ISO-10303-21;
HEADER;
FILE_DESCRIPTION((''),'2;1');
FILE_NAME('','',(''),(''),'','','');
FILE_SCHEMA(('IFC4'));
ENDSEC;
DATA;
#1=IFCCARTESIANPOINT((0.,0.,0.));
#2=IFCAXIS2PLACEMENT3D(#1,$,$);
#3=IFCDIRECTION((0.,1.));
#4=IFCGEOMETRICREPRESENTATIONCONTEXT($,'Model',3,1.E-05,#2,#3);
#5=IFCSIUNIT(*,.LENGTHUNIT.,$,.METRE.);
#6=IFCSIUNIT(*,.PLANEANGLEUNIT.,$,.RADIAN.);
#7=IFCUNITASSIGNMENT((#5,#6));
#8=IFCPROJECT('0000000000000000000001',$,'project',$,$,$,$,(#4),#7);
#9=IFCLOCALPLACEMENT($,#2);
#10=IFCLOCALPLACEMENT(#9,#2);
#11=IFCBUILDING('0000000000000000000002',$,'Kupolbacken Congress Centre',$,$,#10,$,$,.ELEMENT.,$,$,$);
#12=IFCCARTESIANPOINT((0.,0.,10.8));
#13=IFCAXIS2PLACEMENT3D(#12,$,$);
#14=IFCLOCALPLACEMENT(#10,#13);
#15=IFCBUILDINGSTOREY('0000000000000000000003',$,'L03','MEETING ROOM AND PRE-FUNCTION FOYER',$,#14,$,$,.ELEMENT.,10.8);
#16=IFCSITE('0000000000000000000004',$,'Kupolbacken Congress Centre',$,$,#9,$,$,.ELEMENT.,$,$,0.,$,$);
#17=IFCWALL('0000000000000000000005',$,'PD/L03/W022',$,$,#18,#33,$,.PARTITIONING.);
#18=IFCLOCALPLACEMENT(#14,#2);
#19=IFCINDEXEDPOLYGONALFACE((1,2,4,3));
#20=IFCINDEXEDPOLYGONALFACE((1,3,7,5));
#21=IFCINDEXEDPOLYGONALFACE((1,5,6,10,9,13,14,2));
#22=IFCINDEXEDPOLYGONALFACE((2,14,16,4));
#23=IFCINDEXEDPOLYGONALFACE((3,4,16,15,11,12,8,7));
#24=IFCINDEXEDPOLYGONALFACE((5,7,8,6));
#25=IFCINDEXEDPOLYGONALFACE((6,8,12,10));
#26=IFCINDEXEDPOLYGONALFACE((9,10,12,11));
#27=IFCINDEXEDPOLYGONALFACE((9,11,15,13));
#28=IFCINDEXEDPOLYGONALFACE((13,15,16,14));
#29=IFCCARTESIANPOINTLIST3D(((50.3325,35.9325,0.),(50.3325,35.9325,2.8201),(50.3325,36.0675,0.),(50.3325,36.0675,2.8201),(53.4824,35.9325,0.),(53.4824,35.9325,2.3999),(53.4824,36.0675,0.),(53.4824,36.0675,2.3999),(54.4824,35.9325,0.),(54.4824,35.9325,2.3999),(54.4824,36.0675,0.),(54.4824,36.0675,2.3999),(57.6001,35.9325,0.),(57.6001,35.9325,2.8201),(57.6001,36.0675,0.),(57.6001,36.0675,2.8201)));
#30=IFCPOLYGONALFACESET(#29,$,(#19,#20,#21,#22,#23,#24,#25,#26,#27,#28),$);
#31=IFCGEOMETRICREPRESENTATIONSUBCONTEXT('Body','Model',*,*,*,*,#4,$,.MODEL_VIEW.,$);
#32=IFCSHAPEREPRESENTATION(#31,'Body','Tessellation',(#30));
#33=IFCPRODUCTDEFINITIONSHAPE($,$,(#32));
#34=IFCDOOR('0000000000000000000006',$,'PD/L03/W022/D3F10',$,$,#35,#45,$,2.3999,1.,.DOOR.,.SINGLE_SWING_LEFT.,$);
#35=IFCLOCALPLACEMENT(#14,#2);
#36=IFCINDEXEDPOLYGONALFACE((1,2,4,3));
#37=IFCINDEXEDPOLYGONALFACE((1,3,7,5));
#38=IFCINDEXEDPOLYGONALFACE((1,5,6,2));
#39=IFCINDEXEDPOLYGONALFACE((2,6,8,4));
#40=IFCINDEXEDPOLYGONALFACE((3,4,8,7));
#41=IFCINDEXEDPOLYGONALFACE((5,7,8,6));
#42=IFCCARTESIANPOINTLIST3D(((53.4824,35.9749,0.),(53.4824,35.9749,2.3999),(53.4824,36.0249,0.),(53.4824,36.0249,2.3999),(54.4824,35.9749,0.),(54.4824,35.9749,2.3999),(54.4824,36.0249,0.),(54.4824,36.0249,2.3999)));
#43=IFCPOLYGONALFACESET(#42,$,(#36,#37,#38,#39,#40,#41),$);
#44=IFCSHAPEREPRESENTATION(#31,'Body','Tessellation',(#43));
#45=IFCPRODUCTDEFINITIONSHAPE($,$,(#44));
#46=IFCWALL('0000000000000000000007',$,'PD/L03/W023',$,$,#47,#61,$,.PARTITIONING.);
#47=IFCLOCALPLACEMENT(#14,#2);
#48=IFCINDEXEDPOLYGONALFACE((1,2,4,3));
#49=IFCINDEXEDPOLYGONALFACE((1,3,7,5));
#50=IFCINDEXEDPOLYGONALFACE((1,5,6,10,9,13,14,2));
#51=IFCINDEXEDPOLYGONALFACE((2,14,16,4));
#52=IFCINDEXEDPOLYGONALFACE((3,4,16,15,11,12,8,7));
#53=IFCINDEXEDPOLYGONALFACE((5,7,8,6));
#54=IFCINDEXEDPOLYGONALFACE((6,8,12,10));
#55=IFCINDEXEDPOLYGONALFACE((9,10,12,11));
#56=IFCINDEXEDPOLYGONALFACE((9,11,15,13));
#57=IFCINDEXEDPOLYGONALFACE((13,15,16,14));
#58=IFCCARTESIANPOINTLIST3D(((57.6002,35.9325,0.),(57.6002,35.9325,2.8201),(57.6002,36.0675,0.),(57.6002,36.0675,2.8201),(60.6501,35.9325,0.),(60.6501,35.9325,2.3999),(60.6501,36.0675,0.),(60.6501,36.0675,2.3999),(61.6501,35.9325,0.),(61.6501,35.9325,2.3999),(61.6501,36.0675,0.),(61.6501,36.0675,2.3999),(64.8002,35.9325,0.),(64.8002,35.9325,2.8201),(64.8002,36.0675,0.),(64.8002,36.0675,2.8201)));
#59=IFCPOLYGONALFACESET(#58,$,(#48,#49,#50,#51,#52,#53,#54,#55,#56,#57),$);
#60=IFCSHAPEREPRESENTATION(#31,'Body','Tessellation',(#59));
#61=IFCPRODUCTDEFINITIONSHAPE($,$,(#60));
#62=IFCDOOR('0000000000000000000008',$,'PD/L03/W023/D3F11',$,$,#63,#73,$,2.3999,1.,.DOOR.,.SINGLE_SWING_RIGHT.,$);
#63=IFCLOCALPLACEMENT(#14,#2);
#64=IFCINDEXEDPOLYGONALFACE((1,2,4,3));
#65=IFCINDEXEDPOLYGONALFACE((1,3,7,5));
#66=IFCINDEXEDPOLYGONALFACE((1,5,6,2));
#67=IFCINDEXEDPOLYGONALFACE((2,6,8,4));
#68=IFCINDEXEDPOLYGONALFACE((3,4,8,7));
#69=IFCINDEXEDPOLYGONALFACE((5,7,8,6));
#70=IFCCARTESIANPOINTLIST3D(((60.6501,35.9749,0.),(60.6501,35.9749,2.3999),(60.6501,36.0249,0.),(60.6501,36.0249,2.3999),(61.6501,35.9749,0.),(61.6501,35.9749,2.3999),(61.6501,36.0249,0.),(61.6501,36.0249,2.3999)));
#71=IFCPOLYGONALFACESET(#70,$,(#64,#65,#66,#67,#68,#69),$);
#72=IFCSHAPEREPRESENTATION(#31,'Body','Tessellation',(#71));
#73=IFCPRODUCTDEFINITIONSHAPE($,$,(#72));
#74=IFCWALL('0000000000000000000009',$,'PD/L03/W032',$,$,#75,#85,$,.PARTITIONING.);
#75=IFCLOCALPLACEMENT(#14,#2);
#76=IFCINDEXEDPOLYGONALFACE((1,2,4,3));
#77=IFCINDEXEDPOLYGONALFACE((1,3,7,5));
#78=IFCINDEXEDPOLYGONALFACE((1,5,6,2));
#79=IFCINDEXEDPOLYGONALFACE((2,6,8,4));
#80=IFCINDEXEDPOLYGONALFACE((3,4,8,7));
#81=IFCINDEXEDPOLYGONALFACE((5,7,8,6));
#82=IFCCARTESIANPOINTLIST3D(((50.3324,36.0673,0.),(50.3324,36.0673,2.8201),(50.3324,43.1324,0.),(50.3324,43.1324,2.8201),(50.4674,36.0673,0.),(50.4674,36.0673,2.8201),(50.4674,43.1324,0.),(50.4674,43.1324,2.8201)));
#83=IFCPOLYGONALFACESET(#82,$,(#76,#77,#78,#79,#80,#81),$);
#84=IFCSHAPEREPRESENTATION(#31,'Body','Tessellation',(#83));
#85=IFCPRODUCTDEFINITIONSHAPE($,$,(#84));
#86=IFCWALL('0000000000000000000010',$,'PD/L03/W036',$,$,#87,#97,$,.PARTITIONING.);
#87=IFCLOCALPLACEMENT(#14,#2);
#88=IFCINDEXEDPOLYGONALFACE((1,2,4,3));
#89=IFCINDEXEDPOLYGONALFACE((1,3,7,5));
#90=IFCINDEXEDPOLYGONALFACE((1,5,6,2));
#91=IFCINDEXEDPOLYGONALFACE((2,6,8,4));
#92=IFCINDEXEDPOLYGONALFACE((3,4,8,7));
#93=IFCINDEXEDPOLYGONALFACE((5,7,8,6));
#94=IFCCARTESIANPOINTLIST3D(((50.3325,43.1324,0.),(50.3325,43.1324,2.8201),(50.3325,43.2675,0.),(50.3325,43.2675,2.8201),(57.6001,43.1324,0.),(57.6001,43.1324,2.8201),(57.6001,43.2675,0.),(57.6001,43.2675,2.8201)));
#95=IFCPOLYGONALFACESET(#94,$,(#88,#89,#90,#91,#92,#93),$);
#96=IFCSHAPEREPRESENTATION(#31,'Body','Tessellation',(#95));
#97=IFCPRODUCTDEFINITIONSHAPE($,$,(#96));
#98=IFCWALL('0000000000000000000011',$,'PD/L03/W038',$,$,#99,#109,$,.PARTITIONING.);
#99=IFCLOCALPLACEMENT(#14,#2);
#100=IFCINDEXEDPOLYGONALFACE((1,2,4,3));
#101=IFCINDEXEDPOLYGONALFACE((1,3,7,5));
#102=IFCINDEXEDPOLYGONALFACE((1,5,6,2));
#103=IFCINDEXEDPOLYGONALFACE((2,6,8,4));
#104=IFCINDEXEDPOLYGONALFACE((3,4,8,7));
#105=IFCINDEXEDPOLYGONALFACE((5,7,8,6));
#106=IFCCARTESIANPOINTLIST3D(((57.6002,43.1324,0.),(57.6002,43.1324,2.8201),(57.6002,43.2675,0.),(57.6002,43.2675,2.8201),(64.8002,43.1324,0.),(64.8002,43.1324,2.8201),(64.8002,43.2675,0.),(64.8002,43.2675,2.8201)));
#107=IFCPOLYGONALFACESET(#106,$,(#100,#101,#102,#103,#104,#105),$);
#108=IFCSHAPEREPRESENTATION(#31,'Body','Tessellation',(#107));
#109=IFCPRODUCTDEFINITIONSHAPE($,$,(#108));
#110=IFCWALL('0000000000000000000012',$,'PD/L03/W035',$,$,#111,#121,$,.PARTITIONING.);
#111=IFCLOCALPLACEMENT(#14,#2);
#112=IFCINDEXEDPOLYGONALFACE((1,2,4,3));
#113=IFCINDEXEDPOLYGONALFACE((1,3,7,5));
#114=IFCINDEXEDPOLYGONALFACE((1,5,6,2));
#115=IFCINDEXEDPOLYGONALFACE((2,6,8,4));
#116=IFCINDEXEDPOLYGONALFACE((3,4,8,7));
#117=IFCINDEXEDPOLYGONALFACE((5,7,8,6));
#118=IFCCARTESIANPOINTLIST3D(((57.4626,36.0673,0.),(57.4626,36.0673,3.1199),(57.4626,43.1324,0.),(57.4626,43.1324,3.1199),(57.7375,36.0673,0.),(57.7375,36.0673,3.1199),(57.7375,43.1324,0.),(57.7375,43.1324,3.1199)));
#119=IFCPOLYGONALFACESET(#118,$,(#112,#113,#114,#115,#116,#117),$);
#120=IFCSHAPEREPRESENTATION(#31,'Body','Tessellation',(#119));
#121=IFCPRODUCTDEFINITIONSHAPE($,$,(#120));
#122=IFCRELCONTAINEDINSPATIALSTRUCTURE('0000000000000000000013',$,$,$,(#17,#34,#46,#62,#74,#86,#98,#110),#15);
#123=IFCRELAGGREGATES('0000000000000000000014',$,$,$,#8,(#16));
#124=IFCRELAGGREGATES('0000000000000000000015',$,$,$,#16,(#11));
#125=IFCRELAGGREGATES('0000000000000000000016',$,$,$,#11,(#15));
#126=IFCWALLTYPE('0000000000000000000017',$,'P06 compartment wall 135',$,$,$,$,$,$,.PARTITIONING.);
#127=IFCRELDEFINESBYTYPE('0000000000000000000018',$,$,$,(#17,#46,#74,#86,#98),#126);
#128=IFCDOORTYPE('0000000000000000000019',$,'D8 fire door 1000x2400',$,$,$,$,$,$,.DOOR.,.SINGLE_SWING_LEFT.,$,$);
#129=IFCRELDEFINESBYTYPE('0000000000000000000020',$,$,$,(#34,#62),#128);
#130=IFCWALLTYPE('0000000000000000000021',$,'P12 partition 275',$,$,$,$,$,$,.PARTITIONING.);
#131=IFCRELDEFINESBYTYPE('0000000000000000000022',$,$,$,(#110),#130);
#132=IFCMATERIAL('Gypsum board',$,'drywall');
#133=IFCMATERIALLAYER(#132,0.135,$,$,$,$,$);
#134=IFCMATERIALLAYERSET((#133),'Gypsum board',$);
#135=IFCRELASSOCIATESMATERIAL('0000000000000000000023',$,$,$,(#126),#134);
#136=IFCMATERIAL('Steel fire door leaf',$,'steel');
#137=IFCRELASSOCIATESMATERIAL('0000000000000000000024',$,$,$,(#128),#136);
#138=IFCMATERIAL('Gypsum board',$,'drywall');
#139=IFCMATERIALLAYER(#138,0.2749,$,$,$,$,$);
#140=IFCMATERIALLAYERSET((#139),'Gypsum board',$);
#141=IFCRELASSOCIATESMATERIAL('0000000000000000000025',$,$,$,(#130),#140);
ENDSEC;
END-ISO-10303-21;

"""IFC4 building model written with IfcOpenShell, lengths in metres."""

from ifc_helpers import new_model, si_unit, direction, frame, frame_2d, origin, place, context, subcontext, project, spatial, rectangle, extrude, material, layer, layer_set, type_object, element, fill, save


model = new_model("IFC4")

# Units and contexts
model_context = context("Model", 3, precision=1e-05, world=origin(), true_north=direction((0.0, 1.0)))
body_context = subcontext(model_context, "Body", "Model", "MODEL_VIEW")
ifc_project = project(units=[si_unit("LENGTHUNIT", "METRE"), si_unit("PLANEANGLEUNIT", "RADIAN")], contexts=[model_context])

# Site, building, storey
site_placement = place(None, origin())
site = spatial("IfcSite", under=ifc_project, at=site_placement, Name="Kupolbacken Congress Centre", CompositionType="ELEMENT", RefElevation=0.0)
building_placement = place(site_placement, origin())
building = spatial("IfcBuilding", under=site, at=building_placement, Name="Kupolbacken Congress Centre", CompositionType="ELEMENT")
storey_placement = place(building_placement, frame((0.0, 0.0, 10.8)))
storey = spatial("IfcBuildingStorey", under=building, at=storey_placement, Name="L03", Description="MEETING ROOM AND PRE-FUNCTION FOYER", CompositionType="ELEMENT", Elevation=10.8)

# Walls, openings, doors
ifc_material_1 = material(Name="Gypsum board", Category="drywall")
ifc_layer_1 = layer(ifc_material_1, 0.135)
ifc_layer_set_1 = layer_set([ifc_layer_1], Name="Gypsum board")
wall_type_1 = type_object("IfcWallType", Name="P06 compartment wall 135", PredefinedType="PARTITIONING", material=ifc_layer_set_1)
wall_1_placement = place(storey_placement, frame((50.3325, 36.0, 0.0), z_axis=(0.0, 0.0, 1.0), x_axis=(1.0, 0.0, 0.0)))
wall_1 = element("IfcWall", 1, at=wall_1_placement, inside=storey, type_object=wall_type_1, Name="PD/L03/W022", PredefinedType="PARTITIONING", context=body_context, shape_type="SweptSolid", body=[
    extrude(rectangle(XDim=7.2676, YDim=0.135, at=frame_2d((3.6338, 0.0))), origin(), (0.0, 0.0, 1.0), 2.8201),
])
opening_1_placement = place(wall_1_placement, frame((3.1499, 0.0, 0.0)))
opening_1 = element("IfcOpeningElement", 2, at=opening_1_placement, cuts=wall_1, PredefinedType="OPENING", context=body_context, shape_type="SweptSolid", body=[
    extrude(rectangle(XDim=1.0, YDim=2.3999, at=frame_2d((0.5, 1.2))), frame((0.0, 0.0774, 0.0), z_axis=(0.0, -1.0, 0.0), x_axis=(1.0, 0.0, 0.0)), (0.0, 0.0, 1.0), 0.155),
])
ifc_material_2 = material(Name="Steel fire door leaf", Category="steel")
door_type = type_object("IfcDoorType", Name="D8 fire door 1000x2400", OperationType="SINGLE_SWING_LEFT", PredefinedType="DOOR", material=ifc_material_2)
door_1_placement = place(opening_1_placement, origin())
door_1 = element("IfcDoor", 3, at=door_1_placement, inside=storey, type_object=door_type, Name="PD/L03/W022/D3F10", OperationType="SINGLE_SWING_LEFT", OverallHeight=2.3999, OverallWidth=1.0, PredefinedType="DOOR", context=body_context, shape_type="SweptSolid", body=[
    extrude(rectangle(XDim=1.0, YDim=2.3999, at=frame_2d((0.5, 1.2))), frame((0.0, 0.0249, 0.0), z_axis=(0.0, -1.0, 0.0), x_axis=(1.0, 0.0, 0.0)), (0.0, 0.0, 1.0), 0.05),
])
fill(opening_1, door_1)
wall_2_placement = place(storey_placement, frame((57.6001, 36.0, 0.0), z_axis=(0.0, 0.0, 1.0), x_axis=(1.0, 0.0, 0.0)))
wall_2 = element("IfcWall", 4, at=wall_2_placement, inside=storey, type_object=wall_type_1, Name="PD/L03/W023", PredefinedType="PARTITIONING", context=body_context, shape_type="SweptSolid", body=[
    extrude(rectangle(XDim=7.2, YDim=0.135, at=frame_2d((3.6001, 0.0))), origin(), (0.0, 0.0, 1.0), 2.8201),
])
opening_2_placement = place(wall_2_placement, frame((3.05, 0.0, 0.0)))
opening_2 = element("IfcOpeningElement", 5, at=opening_2_placement, cuts=wall_2, PredefinedType="OPENING", context=body_context, shape_type="SweptSolid", body=[
    extrude(rectangle(XDim=1.0, YDim=2.3999, at=frame_2d((0.5, 1.2))), frame((0.0, 0.0774, 0.0), z_axis=(0.0, -1.0, 0.0), x_axis=(1.0, 0.0, 0.0)), (0.0, 0.0, 1.0), 0.155),
])
door_2_placement = place(opening_2_placement, origin())
door_2 = element("IfcDoor", 6, at=door_2_placement, inside=storey, type_object=door_type, Name="PD/L03/W023/D3F11", OperationType="SINGLE_SWING_RIGHT", OverallHeight=2.3999, OverallWidth=1.0, PredefinedType="DOOR", context=body_context, shape_type="SweptSolid", body=[
    extrude(rectangle(XDim=1.0, YDim=2.3999, at=frame_2d((0.5, 1.2))), frame((0.0, 0.0249, 0.0), z_axis=(0.0, -1.0, 0.0), x_axis=(1.0, 0.0, 0.0)), (0.0, 0.0, 1.0), 0.05),
])
fill(opening_2, door_2)

# Walls
wall_3_placement = place(storey_placement, frame((50.3999, 43.1326, 0.0), z_axis=(0.0, 0.0, 1.0), x_axis=(0.0, -1.0, 0.0)))
element("IfcWall", 7, at=wall_3_placement, inside=storey, type_object=wall_type_1, Name="PD/L03/W032", PredefinedType="PARTITIONING", context=body_context, shape_type="SweptSolid", body=[
    extrude(rectangle(XDim=7.0652, YDim=0.135, at=frame_2d((3.5327, 0.0))), origin(), (0.0, 0.0, 1.0), 2.8201),
])
wall_4_placement = place(storey_placement, frame((50.3325, 43.2, 0.0), z_axis=(0.0, 0.0, 1.0), x_axis=(1.0, 0.0, 0.0)))
element("IfcWall", 8, at=wall_4_placement, inside=storey, type_object=wall_type_1, Name="PD/L03/W036", PredefinedType="PARTITIONING", context=body_context, shape_type="SweptSolid", body=[
    extrude(rectangle(XDim=7.2676, YDim=0.135, at=frame_2d((3.6338, 0.0))), origin(), (0.0, 0.0, 1.0), 2.8201),
])
wall_5_placement = place(storey_placement, frame((57.6001, 43.2, 0.0), z_axis=(0.0, 0.0, 1.0), x_axis=(1.0, 0.0, 0.0)))
element("IfcWall", 9, at=wall_5_placement, inside=storey, type_object=wall_type_1, Name="PD/L03/W038", PredefinedType="PARTITIONING", context=body_context, shape_type="SweptSolid", body=[
    extrude(rectangle(XDim=7.2, YDim=0.135, at=frame_2d((3.6001, 0.0))), origin(), (0.0, 0.0, 1.0), 2.8201),
])
ifc_material_3 = material(Name="Gypsum board", Category="drywall")
ifc_layer_2 = layer(ifc_material_3, 0.2749)
ifc_layer_set_2 = layer_set([ifc_layer_2], Name="Gypsum board")
wall_type_2 = type_object("IfcWallType", Name="P12 partition 275", PredefinedType="PARTITIONING", material=ifc_layer_set_2)
wall_6_placement = place(storey_placement, frame((57.6001, 43.1326, 0.0), z_axis=(0.0, 0.0, 1.0), x_axis=(0.0, -1.0, 0.0)))
element("IfcWall", 10, at=wall_6_placement, inside=storey, type_object=wall_type_2, Name="PD/L03/W035", PredefinedType="PARTITIONING", context=body_context, shape_type="SweptSolid", body=[
    extrude(rectangle(XDim=7.0652, YDim=0.2749, at=frame_2d((3.5327, 0.0))), origin(), (0.0, 0.0, 1.0), 3.1199),
])

save(model, "model.ifc")
